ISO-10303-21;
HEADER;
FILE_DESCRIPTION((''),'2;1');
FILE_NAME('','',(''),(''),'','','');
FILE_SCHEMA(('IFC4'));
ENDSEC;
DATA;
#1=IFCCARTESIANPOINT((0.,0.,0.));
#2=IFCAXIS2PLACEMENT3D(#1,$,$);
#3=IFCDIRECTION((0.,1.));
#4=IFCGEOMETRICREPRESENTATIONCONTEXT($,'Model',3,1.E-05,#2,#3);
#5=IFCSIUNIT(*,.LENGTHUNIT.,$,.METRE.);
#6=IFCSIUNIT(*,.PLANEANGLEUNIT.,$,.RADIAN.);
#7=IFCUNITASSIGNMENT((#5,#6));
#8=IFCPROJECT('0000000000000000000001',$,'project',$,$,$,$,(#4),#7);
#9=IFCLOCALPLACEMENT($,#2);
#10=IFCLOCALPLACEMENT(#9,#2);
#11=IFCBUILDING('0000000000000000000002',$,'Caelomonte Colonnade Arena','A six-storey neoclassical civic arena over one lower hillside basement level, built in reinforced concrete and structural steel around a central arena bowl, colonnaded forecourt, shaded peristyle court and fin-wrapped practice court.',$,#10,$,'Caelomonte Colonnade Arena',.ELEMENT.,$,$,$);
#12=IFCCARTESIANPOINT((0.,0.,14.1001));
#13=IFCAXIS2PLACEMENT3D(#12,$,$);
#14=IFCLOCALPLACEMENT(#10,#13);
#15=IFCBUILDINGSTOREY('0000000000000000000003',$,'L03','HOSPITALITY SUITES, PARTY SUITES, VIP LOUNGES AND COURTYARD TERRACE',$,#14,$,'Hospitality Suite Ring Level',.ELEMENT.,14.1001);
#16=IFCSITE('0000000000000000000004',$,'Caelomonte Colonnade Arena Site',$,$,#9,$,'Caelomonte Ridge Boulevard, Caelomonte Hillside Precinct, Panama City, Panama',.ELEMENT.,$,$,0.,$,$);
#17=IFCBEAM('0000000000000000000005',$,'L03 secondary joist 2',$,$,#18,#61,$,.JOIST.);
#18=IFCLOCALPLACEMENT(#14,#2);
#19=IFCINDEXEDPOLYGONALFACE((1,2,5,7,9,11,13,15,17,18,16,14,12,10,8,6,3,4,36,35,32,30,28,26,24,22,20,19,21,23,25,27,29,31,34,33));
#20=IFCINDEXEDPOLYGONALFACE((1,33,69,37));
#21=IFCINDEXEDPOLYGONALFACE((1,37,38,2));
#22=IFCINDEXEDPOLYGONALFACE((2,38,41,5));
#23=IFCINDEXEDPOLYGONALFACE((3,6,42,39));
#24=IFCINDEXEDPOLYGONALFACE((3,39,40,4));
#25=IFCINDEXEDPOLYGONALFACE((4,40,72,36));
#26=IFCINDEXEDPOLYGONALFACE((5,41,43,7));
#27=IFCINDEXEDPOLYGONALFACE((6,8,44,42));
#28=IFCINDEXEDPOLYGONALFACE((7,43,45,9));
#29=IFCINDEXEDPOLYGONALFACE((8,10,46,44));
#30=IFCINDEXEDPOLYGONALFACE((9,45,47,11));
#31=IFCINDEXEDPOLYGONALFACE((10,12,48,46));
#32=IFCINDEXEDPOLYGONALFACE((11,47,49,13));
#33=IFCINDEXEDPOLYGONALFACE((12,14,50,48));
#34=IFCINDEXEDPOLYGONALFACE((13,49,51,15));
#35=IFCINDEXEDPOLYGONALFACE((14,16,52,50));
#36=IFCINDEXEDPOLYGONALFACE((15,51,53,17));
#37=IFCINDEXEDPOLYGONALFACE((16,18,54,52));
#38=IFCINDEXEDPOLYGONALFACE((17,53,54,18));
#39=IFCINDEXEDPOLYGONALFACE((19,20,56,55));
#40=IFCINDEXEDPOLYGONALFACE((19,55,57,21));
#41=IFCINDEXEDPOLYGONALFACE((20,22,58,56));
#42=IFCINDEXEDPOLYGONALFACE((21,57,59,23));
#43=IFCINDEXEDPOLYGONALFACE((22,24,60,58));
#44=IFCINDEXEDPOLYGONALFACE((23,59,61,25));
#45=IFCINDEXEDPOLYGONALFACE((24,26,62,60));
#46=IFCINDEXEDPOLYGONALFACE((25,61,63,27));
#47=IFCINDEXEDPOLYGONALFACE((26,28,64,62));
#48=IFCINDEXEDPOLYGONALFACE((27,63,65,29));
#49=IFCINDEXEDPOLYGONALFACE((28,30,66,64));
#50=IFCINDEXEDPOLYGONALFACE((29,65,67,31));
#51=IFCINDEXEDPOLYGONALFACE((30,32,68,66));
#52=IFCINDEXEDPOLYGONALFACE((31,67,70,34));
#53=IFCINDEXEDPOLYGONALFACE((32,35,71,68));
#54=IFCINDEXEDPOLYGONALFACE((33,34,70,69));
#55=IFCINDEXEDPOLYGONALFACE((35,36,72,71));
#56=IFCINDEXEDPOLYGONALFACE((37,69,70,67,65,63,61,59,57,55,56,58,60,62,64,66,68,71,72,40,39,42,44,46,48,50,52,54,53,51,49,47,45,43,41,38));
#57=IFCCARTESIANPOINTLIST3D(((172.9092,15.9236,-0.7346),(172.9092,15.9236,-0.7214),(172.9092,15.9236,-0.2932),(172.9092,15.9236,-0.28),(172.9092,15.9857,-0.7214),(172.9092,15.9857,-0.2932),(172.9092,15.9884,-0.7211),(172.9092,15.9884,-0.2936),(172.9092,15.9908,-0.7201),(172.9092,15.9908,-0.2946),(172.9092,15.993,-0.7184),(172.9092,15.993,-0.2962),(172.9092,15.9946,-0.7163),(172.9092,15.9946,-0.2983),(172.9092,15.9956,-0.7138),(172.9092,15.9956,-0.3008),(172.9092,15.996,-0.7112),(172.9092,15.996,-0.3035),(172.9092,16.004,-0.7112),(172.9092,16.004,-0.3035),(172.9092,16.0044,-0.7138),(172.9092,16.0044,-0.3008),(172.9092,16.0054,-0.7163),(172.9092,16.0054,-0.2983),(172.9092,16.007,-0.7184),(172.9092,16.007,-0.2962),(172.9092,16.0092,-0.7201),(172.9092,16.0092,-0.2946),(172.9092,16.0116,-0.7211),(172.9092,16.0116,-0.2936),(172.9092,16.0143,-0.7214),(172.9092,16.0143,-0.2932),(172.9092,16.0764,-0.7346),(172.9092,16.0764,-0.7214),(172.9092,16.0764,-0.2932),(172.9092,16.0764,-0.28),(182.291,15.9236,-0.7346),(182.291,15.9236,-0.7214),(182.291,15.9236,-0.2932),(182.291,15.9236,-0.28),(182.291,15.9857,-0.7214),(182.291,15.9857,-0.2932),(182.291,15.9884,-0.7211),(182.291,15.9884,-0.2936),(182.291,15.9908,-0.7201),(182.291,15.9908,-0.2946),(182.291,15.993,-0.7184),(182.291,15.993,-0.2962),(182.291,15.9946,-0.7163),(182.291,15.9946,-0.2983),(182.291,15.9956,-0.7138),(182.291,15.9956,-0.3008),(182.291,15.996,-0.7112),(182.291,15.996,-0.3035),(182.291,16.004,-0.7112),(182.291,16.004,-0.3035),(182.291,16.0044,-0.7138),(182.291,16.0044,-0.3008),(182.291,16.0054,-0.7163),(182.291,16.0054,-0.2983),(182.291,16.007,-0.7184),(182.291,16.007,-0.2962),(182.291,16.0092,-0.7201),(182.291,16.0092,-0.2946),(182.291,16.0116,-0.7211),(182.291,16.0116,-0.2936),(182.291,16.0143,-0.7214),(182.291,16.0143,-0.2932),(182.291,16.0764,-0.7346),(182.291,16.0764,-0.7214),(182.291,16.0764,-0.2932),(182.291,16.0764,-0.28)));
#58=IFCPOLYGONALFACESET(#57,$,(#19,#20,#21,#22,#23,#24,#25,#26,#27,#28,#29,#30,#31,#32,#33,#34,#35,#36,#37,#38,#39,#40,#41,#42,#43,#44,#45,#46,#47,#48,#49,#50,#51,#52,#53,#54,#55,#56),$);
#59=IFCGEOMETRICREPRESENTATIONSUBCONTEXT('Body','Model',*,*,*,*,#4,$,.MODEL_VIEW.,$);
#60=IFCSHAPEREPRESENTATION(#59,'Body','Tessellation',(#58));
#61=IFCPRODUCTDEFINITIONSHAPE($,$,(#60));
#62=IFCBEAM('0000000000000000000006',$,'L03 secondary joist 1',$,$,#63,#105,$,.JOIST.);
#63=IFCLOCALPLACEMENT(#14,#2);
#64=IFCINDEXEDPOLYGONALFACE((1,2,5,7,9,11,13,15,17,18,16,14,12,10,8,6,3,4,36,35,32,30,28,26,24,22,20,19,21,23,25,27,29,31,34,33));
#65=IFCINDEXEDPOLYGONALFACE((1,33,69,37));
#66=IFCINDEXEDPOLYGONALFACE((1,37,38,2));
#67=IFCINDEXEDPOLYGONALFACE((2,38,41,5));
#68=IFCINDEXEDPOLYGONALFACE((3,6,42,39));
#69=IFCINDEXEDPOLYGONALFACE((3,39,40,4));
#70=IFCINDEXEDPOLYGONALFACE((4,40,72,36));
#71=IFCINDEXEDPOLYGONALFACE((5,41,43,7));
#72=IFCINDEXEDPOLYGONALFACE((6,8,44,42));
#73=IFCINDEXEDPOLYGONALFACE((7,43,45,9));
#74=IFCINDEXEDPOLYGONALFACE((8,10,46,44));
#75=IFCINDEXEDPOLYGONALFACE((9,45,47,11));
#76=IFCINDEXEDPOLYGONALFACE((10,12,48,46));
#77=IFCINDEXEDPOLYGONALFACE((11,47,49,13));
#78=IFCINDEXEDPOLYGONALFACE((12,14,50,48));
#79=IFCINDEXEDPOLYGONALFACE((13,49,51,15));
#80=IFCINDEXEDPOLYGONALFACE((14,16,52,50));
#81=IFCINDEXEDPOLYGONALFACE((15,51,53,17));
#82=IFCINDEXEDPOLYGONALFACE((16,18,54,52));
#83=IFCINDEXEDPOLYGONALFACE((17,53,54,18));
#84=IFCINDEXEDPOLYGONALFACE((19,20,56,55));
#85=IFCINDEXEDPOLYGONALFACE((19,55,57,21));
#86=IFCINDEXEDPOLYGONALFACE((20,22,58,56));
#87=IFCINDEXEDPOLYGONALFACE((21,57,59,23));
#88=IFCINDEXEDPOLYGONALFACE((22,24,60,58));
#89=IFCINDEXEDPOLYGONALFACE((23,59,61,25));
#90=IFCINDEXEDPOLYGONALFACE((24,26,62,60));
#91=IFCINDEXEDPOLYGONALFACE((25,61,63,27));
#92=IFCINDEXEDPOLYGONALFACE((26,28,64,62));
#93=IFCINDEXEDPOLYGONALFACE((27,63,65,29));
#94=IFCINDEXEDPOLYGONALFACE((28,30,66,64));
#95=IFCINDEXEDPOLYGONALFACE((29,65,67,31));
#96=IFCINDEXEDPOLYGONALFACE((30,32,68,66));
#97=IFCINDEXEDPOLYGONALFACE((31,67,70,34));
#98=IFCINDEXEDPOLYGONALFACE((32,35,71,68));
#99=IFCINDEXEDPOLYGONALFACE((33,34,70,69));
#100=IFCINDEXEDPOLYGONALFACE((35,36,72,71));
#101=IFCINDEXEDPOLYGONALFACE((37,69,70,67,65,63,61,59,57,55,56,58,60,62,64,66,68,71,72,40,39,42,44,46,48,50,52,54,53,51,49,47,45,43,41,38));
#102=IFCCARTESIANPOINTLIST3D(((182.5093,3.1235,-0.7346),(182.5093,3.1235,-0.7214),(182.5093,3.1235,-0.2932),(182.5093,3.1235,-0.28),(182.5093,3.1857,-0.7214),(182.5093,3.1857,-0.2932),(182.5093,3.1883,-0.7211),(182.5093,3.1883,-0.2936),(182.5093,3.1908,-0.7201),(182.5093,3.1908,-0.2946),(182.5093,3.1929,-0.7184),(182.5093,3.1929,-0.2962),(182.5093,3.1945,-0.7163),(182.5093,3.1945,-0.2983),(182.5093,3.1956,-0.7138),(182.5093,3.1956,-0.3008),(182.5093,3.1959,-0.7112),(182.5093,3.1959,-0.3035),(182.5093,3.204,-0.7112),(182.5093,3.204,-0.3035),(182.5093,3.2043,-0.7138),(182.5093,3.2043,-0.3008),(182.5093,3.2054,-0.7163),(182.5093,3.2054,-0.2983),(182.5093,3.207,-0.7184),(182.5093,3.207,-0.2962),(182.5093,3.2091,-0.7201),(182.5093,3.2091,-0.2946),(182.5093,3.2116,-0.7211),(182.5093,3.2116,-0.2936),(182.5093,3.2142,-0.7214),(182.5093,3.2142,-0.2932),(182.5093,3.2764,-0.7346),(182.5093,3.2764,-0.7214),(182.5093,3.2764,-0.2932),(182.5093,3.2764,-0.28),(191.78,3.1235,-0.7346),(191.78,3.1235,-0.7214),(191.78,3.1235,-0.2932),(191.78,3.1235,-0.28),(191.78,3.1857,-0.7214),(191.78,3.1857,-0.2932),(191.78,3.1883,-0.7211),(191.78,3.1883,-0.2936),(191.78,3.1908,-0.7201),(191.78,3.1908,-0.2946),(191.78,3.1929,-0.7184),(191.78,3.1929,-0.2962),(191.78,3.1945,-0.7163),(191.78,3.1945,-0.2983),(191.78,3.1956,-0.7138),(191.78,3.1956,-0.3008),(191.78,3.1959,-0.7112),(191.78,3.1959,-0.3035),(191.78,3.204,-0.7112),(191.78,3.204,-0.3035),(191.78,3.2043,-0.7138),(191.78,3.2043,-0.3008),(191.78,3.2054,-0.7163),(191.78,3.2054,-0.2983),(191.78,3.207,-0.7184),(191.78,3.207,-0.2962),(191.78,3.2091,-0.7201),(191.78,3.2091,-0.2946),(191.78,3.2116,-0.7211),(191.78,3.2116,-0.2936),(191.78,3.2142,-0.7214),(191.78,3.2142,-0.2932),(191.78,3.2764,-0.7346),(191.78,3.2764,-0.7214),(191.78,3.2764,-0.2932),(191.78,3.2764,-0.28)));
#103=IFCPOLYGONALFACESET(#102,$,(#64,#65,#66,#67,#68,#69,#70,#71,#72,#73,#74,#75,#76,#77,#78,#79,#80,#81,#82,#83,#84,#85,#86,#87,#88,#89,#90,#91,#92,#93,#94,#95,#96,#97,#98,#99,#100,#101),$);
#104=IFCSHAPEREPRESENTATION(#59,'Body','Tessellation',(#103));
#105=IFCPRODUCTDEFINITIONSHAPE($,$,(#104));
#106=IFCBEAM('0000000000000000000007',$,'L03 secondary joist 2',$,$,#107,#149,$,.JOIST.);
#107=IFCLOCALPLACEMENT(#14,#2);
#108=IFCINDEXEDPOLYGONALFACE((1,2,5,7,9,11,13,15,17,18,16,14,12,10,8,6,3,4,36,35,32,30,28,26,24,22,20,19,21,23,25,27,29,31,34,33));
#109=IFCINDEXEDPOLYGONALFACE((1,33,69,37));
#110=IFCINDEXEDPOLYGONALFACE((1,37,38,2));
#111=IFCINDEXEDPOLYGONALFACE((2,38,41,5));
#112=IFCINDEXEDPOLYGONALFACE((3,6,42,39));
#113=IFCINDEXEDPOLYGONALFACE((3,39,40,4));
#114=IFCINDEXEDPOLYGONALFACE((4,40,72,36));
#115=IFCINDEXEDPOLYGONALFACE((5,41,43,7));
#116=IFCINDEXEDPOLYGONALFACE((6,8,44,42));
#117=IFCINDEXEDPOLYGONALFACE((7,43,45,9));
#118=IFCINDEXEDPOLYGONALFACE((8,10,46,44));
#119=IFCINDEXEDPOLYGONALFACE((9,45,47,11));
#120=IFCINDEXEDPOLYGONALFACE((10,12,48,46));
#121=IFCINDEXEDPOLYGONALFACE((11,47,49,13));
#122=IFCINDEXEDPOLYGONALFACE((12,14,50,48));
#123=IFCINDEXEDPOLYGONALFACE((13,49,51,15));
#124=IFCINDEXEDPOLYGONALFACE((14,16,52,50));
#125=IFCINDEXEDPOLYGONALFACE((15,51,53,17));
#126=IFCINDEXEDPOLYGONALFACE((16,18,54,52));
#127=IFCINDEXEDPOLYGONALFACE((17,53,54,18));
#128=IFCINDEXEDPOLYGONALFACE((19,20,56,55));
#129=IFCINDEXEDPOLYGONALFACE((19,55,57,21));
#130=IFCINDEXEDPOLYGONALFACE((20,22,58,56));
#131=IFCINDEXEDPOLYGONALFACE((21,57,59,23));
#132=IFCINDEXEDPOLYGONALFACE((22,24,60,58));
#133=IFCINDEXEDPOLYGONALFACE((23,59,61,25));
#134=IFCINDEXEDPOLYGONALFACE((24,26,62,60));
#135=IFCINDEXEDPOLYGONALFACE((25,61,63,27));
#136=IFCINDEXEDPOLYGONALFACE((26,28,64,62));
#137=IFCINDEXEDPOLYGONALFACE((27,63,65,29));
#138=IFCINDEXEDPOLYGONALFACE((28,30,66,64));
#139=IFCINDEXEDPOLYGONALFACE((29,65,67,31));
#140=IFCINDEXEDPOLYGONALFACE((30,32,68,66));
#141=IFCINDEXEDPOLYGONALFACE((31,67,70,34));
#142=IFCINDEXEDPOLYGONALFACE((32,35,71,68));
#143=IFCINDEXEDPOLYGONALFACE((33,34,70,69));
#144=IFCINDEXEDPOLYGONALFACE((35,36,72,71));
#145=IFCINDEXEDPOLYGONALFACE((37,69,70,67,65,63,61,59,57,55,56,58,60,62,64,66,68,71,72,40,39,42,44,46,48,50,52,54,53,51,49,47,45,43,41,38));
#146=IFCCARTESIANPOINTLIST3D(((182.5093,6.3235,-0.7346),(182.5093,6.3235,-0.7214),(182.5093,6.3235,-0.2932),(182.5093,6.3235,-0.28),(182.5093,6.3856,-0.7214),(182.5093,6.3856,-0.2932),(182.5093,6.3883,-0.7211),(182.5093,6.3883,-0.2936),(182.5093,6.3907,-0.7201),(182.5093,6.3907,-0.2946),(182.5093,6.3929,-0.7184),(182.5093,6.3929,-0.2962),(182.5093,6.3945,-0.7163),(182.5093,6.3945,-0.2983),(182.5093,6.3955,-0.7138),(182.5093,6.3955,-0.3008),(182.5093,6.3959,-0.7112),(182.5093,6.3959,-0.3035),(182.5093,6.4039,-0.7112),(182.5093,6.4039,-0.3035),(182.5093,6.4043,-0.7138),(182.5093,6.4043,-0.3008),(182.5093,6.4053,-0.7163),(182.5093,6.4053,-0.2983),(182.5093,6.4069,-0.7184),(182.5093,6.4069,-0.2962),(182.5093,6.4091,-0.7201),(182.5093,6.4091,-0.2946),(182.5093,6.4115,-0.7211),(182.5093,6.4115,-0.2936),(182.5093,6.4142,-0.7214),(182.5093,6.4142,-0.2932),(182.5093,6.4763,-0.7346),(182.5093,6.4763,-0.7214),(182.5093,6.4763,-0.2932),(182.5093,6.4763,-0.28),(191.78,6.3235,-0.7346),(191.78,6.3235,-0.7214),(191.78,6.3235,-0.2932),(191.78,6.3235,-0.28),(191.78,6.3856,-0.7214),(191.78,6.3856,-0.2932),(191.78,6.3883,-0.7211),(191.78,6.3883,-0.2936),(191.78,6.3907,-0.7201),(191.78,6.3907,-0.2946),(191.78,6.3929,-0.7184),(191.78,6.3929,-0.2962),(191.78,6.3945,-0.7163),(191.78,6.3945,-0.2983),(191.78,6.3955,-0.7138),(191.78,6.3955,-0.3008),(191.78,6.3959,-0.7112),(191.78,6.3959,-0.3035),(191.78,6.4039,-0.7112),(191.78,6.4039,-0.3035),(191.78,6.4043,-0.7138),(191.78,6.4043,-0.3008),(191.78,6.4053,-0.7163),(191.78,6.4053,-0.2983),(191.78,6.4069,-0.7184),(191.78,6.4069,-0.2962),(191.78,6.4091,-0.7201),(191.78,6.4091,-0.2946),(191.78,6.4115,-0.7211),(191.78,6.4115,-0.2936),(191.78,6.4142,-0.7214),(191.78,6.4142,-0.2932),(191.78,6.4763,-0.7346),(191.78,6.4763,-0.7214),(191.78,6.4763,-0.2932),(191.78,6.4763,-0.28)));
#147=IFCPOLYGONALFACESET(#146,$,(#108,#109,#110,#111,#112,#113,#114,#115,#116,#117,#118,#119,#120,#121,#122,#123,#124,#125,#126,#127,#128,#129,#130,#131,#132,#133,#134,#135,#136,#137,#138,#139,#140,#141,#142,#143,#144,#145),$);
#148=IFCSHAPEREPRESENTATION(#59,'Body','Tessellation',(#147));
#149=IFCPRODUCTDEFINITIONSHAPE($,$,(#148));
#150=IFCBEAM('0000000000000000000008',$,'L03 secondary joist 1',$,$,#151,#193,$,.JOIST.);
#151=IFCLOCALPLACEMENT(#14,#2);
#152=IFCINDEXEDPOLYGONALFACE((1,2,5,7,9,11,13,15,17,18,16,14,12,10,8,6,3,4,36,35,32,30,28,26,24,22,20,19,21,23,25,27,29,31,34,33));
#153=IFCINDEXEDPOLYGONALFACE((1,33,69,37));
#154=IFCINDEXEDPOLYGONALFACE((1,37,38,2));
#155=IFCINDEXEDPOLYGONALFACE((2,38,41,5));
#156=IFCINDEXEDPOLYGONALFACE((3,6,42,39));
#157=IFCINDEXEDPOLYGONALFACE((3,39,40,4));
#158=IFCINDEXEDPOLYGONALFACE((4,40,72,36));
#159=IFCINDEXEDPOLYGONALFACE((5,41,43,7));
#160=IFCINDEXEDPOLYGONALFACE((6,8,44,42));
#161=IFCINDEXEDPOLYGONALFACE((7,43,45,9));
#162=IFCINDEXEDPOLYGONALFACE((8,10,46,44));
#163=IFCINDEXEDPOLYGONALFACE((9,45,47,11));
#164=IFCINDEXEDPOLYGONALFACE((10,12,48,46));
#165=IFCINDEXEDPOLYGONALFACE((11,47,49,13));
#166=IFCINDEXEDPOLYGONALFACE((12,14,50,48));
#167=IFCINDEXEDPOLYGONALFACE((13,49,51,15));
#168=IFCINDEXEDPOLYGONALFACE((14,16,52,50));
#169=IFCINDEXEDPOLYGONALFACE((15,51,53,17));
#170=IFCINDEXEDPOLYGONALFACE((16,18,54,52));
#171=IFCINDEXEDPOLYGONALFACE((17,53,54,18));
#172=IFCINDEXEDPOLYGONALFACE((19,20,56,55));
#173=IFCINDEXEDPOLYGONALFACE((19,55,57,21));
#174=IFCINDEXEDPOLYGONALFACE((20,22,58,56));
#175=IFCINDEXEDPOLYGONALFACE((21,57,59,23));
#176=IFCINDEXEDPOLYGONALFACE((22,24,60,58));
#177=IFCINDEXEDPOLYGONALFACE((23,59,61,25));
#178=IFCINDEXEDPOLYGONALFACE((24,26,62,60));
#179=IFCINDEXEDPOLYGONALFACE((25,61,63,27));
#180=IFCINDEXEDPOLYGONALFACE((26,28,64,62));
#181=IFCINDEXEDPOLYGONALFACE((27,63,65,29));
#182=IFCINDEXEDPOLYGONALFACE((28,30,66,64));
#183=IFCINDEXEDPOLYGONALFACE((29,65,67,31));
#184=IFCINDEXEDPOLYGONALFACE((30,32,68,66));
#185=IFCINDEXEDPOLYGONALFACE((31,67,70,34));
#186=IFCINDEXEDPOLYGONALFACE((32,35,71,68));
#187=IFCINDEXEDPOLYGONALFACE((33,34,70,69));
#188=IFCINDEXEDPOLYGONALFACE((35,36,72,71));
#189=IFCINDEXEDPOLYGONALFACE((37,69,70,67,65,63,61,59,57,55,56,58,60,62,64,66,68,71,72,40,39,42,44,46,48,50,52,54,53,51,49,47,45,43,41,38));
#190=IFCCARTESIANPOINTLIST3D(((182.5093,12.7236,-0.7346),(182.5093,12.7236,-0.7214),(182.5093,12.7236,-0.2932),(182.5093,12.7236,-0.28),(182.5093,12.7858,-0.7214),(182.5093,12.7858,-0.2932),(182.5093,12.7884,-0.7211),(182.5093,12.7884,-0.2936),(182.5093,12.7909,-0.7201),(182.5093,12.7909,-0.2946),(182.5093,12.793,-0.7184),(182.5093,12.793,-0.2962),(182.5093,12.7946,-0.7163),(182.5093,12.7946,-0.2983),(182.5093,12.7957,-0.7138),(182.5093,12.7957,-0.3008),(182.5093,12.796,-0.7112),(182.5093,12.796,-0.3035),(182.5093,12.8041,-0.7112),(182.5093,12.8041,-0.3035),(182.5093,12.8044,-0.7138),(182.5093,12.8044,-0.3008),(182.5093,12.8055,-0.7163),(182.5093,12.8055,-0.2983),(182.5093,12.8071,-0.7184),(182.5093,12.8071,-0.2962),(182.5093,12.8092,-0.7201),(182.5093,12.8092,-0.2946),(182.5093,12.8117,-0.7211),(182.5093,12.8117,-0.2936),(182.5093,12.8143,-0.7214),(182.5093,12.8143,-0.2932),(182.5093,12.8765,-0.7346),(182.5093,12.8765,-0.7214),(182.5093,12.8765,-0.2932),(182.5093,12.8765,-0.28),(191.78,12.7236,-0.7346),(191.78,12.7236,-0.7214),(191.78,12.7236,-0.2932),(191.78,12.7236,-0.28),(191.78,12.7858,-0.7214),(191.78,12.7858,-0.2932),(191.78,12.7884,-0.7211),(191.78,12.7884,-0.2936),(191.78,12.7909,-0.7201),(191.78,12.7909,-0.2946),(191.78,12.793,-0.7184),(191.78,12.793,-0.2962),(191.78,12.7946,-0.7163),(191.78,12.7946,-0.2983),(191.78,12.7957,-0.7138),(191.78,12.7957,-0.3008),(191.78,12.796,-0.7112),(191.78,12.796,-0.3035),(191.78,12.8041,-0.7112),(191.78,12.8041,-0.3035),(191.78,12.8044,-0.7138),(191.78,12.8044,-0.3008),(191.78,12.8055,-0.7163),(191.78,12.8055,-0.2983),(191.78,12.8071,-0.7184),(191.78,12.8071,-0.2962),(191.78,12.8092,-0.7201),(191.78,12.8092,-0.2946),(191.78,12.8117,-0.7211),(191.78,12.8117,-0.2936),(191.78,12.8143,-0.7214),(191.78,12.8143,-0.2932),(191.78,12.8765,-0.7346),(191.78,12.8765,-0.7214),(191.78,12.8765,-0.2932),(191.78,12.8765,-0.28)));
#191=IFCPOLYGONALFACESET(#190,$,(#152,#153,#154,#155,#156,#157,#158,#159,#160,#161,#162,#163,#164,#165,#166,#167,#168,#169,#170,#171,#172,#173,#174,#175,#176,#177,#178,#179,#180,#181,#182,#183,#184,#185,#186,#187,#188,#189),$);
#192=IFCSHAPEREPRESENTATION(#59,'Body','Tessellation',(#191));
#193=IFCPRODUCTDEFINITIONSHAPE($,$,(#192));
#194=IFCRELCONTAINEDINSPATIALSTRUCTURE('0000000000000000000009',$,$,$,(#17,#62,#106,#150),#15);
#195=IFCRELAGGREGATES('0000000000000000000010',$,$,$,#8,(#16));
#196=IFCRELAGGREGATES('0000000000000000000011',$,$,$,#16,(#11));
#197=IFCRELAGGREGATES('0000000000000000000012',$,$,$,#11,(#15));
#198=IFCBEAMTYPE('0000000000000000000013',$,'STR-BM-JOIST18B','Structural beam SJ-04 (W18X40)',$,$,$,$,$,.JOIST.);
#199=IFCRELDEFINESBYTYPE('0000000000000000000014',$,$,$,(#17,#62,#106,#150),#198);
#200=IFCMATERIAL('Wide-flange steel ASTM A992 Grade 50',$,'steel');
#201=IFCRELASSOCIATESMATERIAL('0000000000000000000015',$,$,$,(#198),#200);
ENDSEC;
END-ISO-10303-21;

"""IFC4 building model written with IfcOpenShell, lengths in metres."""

from ifc_helpers import new_model, si_unit, direction, frame, origin, origin_2d, place, context, subcontext, project, spatial, i_section, extrude, material, material_profile, profile_set, type_object, element, save


model = new_model("IFC4")

# Units and contexts
model_context = context("Model", 3, precision=1e-05, world=origin(), true_north=direction((0.0, 1.0)))
body_context = subcontext(model_context, "Body", "Model", "MODEL_VIEW")
ifc_project = project(units=[si_unit("LENGTHUNIT", "METRE"), si_unit("PLANEANGLEUNIT", "RADIAN")], contexts=[model_context])

# Site, building, storey
site_placement = place(None, origin())
site = spatial("IfcSite", under=ifc_project, at=site_placement, Name="Caelomonte Colonnade Arena Site", LongName="Caelomonte Ridge Boulevard, Caelomonte Hillside Precinct, Panama City, Panama", CompositionType="ELEMENT", RefElevation=0.0)
building_placement = place(site_placement, origin())
building = spatial("IfcBuilding", under=site, at=building_placement, Name="Caelomonte Colonnade Arena", Description="A six-storey neoclassical civic arena over one lower hillside basement level, built in reinforced concrete and structural steel around a central arena bowl, colonnaded forecourt, shaded peristyle court and fin-wrapped practice court.", LongName="Caelomonte Colonnade Arena", CompositionType="ELEMENT")
storey_placement = place(building_placement, frame((0.0, 0.0, 14.1001)))
storey = spatial("IfcBuildingStorey", under=building, at=storey_placement, Name="L03", Description="HOSPITALITY SUITES, PARTY SUITES, VIP LOUNGES AND COURTYARD TERRACE", LongName="Hospitality Suite Ring Level", CompositionType="ELEMENT", Elevation=14.1001)

# Beams
ifc_material_1 = material(Name="Wide-flange steel ASTM A992 Grade 50", Category="steel")
ifc_material_profile_1 = material_profile(ifc_material_1, i_section(OverallWidth=0.1528, OverallDepth=0.4546, WebThickness=0.0081, FlangeThickness=0.0132, FilletRadius=0.0103, at=origin_2d()), Name="W18X40")
ifc_profile_set_1 = profile_set([ifc_material_profile_1], Name="Wide-flange steel ASTM A992 Grade 50")
beam_type_1 = type_object("IfcBeamType", Name="STR-BM-JOIST18B", Description="Structural beam SJ-04 (W18X40)", PredefinedType="JOIST", material=ifc_profile_set_1)
for number, where, z_axis, x_axis, name in (
    (1, (172.9092, 16.0, -0.5073), (1.0, 0.0, 0.0), (0.0, 1.0, 0.0), "L03 secondary joist 2"),
):
    element("IfcBeam", number, at=place(storey_placement, frame(where, z_axis=z_axis, x_axis=x_axis)), inside=storey, type_object=beam_type_1, Name=name, PredefinedType="JOIST", context=body_context, shape_type="SweptSolid", body=[
        extrude(i_section(OverallWidth=0.1528, OverallDepth=0.4546, WebThickness=0.0081, FlangeThickness=0.0132, FilletRadius=0.0103, at=origin_2d()), origin(), (0.0, 0.0, 1.0), 9.3818),
    ])
for number, where, z_axis, x_axis, name in (
    (2, (182.5093, 3.2, -0.5073), (1.0, 0.0, 0.0), (0.0, 1.0, 0.0), "L03 secondary joist 1"),
    (3, (182.5093, 6.3999, -0.5073), (1.0, 0.0, 0.0), (0.0, 1.0, 0.0), "L03 secondary joist 2"),
    (4, (182.5093, 12.8, -0.5073), (1.0, 0.0, 0.0), (0.0, 1.0, 0.0), "L03 secondary joist 1"),
):
    element("IfcBeam", number, at=place(storey_placement, frame(where, z_axis=z_axis, x_axis=x_axis)), inside=storey, type_object=beam_type_1, Name=name, PredefinedType="JOIST", context=body_context, shape_type="SweptSolid", body=[
        extrude(i_section(OverallWidth=0.1528, OverallDepth=0.4546, WebThickness=0.0081, FlangeThickness=0.0132, FilletRadius=0.0103, at=origin_2d()), origin(), (0.0, 0.0, 1.0), 9.2708),
    ])

save(model, "model.ifc")
